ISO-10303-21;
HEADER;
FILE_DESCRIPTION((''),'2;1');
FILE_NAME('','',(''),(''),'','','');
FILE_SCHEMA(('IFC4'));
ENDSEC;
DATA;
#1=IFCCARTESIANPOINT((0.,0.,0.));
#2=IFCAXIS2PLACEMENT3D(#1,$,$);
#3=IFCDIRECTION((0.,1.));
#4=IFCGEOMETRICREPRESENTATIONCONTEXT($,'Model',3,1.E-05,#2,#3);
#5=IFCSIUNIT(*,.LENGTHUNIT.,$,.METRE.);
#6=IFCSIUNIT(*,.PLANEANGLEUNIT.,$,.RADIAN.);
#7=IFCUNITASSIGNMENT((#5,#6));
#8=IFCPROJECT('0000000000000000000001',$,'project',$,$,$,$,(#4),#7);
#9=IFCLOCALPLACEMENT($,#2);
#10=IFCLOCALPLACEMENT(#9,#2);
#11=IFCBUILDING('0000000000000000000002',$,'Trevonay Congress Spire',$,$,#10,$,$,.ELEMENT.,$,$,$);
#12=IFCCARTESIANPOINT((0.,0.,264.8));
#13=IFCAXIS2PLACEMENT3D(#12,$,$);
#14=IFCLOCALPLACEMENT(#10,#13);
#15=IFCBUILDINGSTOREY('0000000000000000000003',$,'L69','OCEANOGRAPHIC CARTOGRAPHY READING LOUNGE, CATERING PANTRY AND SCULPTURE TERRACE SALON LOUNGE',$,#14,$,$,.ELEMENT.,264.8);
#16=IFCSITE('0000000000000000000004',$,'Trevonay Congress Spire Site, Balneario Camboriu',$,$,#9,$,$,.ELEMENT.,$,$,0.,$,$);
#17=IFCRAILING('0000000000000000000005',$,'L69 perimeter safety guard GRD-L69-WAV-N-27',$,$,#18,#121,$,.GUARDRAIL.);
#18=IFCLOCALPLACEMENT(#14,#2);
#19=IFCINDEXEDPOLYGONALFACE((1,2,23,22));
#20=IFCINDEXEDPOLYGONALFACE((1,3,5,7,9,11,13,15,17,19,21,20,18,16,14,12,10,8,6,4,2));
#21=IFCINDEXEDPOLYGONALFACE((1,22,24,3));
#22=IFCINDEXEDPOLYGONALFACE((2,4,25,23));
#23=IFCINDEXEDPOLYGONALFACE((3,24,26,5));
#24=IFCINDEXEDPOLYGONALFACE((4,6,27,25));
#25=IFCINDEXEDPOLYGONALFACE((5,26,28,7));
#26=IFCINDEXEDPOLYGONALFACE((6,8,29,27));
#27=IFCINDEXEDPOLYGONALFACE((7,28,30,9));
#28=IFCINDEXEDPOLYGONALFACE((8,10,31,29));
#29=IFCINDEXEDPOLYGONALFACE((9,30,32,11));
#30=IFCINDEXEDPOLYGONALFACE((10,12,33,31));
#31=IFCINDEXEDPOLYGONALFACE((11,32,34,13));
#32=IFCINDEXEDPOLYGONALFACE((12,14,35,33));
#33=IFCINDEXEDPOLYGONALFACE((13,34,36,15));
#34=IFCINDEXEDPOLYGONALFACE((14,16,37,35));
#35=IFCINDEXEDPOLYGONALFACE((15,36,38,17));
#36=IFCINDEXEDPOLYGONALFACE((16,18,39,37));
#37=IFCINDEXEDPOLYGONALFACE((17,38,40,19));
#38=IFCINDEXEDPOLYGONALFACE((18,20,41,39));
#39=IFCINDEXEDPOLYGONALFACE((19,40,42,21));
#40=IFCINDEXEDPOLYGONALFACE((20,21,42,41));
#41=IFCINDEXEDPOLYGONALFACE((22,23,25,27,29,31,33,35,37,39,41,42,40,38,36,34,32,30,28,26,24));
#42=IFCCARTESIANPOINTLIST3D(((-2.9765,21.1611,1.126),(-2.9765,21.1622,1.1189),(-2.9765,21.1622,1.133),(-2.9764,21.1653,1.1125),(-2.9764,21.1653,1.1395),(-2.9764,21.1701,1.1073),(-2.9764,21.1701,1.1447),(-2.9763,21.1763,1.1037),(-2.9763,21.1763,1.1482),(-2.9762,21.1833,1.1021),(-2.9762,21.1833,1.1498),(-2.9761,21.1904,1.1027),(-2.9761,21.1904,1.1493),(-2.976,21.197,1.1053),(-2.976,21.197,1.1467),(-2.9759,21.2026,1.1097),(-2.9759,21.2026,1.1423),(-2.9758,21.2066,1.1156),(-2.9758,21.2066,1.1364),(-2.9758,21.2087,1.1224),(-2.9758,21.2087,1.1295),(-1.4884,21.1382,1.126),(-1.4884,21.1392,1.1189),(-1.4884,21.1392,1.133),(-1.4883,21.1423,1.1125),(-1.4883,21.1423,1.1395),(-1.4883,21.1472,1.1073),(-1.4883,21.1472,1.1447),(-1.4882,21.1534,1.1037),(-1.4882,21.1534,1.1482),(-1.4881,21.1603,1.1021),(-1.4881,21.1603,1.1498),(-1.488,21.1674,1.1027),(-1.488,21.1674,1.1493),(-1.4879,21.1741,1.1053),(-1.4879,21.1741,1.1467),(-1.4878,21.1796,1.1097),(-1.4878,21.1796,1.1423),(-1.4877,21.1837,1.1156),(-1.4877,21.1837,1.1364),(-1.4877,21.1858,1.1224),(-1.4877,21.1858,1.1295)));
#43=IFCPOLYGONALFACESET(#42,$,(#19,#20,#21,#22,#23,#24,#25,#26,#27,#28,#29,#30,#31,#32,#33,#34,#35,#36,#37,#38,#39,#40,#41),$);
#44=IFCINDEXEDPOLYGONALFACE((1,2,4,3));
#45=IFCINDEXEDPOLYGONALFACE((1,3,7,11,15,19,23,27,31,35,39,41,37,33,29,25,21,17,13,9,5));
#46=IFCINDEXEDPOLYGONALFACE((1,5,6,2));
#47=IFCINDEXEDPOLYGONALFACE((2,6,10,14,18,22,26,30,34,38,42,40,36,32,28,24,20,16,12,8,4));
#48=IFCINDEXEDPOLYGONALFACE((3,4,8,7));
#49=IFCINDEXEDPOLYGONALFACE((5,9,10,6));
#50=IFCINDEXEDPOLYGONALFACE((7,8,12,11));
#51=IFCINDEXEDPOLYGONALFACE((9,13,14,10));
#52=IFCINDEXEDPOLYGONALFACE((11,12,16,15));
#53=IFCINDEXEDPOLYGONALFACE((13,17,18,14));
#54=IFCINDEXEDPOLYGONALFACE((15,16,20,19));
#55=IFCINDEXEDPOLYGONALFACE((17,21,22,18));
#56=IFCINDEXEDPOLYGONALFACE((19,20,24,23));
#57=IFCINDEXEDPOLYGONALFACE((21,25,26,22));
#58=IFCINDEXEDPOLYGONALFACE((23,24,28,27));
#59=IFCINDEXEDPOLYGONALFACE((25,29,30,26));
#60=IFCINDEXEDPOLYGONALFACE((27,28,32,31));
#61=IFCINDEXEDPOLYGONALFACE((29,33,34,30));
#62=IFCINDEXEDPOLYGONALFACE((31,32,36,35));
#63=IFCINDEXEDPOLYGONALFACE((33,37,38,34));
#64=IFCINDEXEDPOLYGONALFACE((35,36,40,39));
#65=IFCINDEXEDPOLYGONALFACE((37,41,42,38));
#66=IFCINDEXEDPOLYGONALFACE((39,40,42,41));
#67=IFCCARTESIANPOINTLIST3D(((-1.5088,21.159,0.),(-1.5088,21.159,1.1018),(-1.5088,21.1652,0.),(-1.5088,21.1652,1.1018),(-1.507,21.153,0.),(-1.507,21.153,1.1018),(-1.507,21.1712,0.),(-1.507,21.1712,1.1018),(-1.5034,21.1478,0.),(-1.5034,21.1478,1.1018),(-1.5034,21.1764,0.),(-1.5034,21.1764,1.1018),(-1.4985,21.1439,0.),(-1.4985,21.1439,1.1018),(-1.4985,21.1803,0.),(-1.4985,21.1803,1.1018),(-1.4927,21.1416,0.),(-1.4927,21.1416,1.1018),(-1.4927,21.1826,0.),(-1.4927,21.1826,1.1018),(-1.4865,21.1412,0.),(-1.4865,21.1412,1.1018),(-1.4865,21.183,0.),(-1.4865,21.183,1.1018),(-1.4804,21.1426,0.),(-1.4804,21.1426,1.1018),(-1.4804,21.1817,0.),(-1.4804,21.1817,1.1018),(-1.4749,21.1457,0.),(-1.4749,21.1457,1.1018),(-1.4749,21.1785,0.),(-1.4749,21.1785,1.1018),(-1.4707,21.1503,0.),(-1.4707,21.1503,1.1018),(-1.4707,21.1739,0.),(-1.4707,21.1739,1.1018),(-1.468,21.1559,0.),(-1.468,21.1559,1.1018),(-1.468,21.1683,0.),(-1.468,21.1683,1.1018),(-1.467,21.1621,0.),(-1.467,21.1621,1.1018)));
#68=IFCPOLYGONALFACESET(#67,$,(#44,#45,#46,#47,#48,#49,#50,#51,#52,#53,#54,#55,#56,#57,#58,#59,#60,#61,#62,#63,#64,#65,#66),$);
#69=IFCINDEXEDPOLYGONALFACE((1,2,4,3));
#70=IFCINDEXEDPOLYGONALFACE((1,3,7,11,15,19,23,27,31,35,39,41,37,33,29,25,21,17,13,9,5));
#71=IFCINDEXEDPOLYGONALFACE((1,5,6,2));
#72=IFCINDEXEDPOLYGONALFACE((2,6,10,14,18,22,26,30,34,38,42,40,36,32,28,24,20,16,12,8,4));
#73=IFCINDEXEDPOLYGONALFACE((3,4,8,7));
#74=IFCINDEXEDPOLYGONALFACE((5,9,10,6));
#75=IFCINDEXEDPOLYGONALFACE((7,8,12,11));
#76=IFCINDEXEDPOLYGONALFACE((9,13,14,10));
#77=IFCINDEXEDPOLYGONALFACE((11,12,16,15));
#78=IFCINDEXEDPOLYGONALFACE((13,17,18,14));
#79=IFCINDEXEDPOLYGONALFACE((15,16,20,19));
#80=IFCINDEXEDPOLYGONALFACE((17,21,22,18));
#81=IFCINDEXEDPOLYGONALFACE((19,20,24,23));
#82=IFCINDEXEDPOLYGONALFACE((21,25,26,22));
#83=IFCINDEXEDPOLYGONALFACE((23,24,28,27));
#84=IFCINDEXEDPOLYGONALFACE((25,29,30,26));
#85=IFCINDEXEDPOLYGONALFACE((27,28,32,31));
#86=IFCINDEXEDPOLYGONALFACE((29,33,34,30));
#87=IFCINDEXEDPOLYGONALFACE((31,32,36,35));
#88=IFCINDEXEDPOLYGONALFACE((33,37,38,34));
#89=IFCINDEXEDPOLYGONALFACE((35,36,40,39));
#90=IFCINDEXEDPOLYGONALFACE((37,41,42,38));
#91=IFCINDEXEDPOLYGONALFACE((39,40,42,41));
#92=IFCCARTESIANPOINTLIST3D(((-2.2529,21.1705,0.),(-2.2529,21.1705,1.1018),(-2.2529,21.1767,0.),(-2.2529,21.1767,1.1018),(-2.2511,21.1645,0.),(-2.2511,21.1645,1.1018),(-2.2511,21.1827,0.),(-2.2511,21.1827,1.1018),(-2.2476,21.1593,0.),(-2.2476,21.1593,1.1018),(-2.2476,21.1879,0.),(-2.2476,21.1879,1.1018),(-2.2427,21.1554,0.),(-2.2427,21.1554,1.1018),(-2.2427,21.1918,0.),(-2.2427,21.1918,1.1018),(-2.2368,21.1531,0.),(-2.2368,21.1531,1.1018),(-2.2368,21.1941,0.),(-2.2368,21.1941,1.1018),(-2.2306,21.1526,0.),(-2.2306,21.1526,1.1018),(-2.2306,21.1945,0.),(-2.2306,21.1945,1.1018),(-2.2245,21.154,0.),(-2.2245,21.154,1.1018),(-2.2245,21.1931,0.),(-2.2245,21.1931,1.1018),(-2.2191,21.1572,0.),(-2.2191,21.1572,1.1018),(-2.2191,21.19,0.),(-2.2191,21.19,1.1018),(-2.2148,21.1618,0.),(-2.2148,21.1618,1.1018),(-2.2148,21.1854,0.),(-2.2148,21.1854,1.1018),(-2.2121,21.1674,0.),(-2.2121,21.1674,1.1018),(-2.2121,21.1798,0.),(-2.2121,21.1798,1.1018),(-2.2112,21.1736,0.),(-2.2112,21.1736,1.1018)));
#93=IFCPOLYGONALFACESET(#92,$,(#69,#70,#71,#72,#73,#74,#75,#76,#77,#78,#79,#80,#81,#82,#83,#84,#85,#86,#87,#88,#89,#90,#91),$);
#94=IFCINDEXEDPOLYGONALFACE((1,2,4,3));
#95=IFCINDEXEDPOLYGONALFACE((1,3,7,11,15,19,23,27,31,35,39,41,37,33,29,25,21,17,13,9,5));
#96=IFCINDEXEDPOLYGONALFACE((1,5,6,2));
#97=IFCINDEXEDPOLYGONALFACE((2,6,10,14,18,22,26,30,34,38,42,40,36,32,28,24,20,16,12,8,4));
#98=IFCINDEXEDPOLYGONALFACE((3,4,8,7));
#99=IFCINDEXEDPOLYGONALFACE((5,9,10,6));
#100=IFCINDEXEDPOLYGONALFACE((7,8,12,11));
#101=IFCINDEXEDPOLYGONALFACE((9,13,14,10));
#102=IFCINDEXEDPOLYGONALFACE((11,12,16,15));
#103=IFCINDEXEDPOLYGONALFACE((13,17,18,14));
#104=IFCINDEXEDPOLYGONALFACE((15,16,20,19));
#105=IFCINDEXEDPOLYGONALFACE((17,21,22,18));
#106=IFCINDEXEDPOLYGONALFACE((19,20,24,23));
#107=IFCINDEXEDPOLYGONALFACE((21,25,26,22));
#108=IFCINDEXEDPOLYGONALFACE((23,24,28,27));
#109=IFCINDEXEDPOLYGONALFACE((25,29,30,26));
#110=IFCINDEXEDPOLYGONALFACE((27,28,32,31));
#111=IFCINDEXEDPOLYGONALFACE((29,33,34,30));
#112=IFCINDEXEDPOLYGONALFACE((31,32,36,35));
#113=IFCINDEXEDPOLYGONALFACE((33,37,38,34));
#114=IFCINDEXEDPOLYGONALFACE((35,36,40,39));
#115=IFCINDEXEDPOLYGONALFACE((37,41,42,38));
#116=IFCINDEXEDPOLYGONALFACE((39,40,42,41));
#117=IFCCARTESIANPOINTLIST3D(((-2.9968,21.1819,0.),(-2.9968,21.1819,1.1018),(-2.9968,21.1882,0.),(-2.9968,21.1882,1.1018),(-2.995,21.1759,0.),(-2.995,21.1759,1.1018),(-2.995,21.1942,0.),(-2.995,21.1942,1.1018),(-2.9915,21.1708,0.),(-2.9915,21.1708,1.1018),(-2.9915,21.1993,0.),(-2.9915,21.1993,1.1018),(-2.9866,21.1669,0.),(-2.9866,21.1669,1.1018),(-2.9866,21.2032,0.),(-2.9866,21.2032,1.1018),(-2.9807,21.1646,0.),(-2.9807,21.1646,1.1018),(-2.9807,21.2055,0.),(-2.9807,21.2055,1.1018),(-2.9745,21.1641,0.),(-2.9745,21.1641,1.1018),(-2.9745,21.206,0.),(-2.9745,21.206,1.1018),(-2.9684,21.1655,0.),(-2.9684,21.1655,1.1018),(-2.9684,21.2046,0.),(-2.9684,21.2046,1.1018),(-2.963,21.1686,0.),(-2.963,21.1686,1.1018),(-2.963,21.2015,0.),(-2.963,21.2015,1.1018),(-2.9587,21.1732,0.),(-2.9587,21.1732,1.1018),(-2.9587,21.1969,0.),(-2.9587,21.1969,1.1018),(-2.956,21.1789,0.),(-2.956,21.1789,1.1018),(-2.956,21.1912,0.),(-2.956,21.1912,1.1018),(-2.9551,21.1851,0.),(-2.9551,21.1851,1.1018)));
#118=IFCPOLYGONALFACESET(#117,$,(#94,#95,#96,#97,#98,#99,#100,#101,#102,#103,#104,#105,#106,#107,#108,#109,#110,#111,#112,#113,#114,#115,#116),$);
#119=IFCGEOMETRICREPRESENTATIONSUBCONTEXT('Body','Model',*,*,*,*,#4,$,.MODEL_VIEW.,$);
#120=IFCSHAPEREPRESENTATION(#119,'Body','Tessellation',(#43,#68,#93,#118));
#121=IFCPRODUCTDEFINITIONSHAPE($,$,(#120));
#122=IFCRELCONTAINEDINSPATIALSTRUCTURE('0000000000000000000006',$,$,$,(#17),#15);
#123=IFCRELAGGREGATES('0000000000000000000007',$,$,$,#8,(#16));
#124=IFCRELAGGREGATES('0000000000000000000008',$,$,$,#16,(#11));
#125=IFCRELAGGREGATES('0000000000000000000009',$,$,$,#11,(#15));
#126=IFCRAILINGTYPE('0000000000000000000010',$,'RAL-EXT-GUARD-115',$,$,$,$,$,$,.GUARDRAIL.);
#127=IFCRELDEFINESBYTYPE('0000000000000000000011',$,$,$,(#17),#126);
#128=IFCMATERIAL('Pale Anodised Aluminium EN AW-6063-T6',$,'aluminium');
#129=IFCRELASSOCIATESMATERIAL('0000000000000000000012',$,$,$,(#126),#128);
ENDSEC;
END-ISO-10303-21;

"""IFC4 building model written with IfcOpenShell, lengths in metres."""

from ifc_helpers import new_model, si_unit, direction, frame, origin, origin_2d, place, context, subcontext, project, spatial, circle, extrude, material, type_object, element, save


model = new_model("IFC4")

# Units and contexts
model_context = context("Model", 3, precision=1e-05, world=origin(), true_north=direction((0.0, 1.0)))
body_context = subcontext(model_context, "Body", "Model", "MODEL_VIEW")
ifc_project = project(units=[si_unit("LENGTHUNIT", "METRE"), si_unit("PLANEANGLEUNIT", "RADIAN")], contexts=[model_context])

# Site, building, storey
site_placement = place(None, origin())
site = spatial("IfcSite", under=ifc_project, at=site_placement, Name="Trevonay Congress Spire Site, Balneario Camboriu", CompositionType="ELEMENT", RefElevation=0.0)
building_placement = place(site_placement, origin())
building = spatial("IfcBuilding", under=site, at=building_placement, Name="Trevonay Congress Spire", CompositionType="ELEMENT")
storey_placement = place(building_placement, frame((0.0, 0.0, 264.8)))
storey = spatial("IfcBuildingStorey", under=building, at=storey_placement, Name="L69", Description="OCEANOGRAPHIC CARTOGRAPHY READING LOUNGE, CATERING PANTRY AND SCULPTURE TERRACE SALON LOUNGE", CompositionType="ELEMENT", Elevation=264.8)

# Shared definitions
ifc_material_1 = material(Name="Pale Anodised Aluminium EN AW-6063-T6", Category="aluminium")

# Railing
railing_type = type_object("IfcRailingType", Name="RAL-EXT-GUARD-115", PredefinedType="GUARDRAIL", material=ifc_material_1)
railing_1_placement = place(storey_placement, frame((-1.488, 21.1621, 0.0)))
element("IfcRailing", 1, at=railing_1_placement, inside=storey, type_object=railing_type, Name="L69 perimeter safety guard GRD-L69-WAV-N-27", PredefinedType="GUARDRAIL", context=body_context, shape_type="SweptSolid", body=[
    extrude(circle(Radius=0.0239, at=origin_2d()), frame((0.0, 0.0, 1.126), z_axis=(-0.999881, 0.015421, 0.0), x_axis=(-0.015421, -0.999881, 0.0)), (0.0, 0.0, 1.0), 1.4883),
    extrude(circle(Radius=0.021, at=origin_2d()), origin(), (0.0, 0.0, 1.0), 1.1018),
    extrude(circle(Radius=0.021, at=origin_2d()), frame((-0.7441, 0.0115, 0.0)), (0.0, 0.0, 1.0), 1.1018),
    extrude(circle(Radius=0.021, at=origin_2d()), frame((-1.488, 0.0229, 0.0)), (0.0, 0.0, 1.0), 1.1018),
])

save(model, "model.ifc")
